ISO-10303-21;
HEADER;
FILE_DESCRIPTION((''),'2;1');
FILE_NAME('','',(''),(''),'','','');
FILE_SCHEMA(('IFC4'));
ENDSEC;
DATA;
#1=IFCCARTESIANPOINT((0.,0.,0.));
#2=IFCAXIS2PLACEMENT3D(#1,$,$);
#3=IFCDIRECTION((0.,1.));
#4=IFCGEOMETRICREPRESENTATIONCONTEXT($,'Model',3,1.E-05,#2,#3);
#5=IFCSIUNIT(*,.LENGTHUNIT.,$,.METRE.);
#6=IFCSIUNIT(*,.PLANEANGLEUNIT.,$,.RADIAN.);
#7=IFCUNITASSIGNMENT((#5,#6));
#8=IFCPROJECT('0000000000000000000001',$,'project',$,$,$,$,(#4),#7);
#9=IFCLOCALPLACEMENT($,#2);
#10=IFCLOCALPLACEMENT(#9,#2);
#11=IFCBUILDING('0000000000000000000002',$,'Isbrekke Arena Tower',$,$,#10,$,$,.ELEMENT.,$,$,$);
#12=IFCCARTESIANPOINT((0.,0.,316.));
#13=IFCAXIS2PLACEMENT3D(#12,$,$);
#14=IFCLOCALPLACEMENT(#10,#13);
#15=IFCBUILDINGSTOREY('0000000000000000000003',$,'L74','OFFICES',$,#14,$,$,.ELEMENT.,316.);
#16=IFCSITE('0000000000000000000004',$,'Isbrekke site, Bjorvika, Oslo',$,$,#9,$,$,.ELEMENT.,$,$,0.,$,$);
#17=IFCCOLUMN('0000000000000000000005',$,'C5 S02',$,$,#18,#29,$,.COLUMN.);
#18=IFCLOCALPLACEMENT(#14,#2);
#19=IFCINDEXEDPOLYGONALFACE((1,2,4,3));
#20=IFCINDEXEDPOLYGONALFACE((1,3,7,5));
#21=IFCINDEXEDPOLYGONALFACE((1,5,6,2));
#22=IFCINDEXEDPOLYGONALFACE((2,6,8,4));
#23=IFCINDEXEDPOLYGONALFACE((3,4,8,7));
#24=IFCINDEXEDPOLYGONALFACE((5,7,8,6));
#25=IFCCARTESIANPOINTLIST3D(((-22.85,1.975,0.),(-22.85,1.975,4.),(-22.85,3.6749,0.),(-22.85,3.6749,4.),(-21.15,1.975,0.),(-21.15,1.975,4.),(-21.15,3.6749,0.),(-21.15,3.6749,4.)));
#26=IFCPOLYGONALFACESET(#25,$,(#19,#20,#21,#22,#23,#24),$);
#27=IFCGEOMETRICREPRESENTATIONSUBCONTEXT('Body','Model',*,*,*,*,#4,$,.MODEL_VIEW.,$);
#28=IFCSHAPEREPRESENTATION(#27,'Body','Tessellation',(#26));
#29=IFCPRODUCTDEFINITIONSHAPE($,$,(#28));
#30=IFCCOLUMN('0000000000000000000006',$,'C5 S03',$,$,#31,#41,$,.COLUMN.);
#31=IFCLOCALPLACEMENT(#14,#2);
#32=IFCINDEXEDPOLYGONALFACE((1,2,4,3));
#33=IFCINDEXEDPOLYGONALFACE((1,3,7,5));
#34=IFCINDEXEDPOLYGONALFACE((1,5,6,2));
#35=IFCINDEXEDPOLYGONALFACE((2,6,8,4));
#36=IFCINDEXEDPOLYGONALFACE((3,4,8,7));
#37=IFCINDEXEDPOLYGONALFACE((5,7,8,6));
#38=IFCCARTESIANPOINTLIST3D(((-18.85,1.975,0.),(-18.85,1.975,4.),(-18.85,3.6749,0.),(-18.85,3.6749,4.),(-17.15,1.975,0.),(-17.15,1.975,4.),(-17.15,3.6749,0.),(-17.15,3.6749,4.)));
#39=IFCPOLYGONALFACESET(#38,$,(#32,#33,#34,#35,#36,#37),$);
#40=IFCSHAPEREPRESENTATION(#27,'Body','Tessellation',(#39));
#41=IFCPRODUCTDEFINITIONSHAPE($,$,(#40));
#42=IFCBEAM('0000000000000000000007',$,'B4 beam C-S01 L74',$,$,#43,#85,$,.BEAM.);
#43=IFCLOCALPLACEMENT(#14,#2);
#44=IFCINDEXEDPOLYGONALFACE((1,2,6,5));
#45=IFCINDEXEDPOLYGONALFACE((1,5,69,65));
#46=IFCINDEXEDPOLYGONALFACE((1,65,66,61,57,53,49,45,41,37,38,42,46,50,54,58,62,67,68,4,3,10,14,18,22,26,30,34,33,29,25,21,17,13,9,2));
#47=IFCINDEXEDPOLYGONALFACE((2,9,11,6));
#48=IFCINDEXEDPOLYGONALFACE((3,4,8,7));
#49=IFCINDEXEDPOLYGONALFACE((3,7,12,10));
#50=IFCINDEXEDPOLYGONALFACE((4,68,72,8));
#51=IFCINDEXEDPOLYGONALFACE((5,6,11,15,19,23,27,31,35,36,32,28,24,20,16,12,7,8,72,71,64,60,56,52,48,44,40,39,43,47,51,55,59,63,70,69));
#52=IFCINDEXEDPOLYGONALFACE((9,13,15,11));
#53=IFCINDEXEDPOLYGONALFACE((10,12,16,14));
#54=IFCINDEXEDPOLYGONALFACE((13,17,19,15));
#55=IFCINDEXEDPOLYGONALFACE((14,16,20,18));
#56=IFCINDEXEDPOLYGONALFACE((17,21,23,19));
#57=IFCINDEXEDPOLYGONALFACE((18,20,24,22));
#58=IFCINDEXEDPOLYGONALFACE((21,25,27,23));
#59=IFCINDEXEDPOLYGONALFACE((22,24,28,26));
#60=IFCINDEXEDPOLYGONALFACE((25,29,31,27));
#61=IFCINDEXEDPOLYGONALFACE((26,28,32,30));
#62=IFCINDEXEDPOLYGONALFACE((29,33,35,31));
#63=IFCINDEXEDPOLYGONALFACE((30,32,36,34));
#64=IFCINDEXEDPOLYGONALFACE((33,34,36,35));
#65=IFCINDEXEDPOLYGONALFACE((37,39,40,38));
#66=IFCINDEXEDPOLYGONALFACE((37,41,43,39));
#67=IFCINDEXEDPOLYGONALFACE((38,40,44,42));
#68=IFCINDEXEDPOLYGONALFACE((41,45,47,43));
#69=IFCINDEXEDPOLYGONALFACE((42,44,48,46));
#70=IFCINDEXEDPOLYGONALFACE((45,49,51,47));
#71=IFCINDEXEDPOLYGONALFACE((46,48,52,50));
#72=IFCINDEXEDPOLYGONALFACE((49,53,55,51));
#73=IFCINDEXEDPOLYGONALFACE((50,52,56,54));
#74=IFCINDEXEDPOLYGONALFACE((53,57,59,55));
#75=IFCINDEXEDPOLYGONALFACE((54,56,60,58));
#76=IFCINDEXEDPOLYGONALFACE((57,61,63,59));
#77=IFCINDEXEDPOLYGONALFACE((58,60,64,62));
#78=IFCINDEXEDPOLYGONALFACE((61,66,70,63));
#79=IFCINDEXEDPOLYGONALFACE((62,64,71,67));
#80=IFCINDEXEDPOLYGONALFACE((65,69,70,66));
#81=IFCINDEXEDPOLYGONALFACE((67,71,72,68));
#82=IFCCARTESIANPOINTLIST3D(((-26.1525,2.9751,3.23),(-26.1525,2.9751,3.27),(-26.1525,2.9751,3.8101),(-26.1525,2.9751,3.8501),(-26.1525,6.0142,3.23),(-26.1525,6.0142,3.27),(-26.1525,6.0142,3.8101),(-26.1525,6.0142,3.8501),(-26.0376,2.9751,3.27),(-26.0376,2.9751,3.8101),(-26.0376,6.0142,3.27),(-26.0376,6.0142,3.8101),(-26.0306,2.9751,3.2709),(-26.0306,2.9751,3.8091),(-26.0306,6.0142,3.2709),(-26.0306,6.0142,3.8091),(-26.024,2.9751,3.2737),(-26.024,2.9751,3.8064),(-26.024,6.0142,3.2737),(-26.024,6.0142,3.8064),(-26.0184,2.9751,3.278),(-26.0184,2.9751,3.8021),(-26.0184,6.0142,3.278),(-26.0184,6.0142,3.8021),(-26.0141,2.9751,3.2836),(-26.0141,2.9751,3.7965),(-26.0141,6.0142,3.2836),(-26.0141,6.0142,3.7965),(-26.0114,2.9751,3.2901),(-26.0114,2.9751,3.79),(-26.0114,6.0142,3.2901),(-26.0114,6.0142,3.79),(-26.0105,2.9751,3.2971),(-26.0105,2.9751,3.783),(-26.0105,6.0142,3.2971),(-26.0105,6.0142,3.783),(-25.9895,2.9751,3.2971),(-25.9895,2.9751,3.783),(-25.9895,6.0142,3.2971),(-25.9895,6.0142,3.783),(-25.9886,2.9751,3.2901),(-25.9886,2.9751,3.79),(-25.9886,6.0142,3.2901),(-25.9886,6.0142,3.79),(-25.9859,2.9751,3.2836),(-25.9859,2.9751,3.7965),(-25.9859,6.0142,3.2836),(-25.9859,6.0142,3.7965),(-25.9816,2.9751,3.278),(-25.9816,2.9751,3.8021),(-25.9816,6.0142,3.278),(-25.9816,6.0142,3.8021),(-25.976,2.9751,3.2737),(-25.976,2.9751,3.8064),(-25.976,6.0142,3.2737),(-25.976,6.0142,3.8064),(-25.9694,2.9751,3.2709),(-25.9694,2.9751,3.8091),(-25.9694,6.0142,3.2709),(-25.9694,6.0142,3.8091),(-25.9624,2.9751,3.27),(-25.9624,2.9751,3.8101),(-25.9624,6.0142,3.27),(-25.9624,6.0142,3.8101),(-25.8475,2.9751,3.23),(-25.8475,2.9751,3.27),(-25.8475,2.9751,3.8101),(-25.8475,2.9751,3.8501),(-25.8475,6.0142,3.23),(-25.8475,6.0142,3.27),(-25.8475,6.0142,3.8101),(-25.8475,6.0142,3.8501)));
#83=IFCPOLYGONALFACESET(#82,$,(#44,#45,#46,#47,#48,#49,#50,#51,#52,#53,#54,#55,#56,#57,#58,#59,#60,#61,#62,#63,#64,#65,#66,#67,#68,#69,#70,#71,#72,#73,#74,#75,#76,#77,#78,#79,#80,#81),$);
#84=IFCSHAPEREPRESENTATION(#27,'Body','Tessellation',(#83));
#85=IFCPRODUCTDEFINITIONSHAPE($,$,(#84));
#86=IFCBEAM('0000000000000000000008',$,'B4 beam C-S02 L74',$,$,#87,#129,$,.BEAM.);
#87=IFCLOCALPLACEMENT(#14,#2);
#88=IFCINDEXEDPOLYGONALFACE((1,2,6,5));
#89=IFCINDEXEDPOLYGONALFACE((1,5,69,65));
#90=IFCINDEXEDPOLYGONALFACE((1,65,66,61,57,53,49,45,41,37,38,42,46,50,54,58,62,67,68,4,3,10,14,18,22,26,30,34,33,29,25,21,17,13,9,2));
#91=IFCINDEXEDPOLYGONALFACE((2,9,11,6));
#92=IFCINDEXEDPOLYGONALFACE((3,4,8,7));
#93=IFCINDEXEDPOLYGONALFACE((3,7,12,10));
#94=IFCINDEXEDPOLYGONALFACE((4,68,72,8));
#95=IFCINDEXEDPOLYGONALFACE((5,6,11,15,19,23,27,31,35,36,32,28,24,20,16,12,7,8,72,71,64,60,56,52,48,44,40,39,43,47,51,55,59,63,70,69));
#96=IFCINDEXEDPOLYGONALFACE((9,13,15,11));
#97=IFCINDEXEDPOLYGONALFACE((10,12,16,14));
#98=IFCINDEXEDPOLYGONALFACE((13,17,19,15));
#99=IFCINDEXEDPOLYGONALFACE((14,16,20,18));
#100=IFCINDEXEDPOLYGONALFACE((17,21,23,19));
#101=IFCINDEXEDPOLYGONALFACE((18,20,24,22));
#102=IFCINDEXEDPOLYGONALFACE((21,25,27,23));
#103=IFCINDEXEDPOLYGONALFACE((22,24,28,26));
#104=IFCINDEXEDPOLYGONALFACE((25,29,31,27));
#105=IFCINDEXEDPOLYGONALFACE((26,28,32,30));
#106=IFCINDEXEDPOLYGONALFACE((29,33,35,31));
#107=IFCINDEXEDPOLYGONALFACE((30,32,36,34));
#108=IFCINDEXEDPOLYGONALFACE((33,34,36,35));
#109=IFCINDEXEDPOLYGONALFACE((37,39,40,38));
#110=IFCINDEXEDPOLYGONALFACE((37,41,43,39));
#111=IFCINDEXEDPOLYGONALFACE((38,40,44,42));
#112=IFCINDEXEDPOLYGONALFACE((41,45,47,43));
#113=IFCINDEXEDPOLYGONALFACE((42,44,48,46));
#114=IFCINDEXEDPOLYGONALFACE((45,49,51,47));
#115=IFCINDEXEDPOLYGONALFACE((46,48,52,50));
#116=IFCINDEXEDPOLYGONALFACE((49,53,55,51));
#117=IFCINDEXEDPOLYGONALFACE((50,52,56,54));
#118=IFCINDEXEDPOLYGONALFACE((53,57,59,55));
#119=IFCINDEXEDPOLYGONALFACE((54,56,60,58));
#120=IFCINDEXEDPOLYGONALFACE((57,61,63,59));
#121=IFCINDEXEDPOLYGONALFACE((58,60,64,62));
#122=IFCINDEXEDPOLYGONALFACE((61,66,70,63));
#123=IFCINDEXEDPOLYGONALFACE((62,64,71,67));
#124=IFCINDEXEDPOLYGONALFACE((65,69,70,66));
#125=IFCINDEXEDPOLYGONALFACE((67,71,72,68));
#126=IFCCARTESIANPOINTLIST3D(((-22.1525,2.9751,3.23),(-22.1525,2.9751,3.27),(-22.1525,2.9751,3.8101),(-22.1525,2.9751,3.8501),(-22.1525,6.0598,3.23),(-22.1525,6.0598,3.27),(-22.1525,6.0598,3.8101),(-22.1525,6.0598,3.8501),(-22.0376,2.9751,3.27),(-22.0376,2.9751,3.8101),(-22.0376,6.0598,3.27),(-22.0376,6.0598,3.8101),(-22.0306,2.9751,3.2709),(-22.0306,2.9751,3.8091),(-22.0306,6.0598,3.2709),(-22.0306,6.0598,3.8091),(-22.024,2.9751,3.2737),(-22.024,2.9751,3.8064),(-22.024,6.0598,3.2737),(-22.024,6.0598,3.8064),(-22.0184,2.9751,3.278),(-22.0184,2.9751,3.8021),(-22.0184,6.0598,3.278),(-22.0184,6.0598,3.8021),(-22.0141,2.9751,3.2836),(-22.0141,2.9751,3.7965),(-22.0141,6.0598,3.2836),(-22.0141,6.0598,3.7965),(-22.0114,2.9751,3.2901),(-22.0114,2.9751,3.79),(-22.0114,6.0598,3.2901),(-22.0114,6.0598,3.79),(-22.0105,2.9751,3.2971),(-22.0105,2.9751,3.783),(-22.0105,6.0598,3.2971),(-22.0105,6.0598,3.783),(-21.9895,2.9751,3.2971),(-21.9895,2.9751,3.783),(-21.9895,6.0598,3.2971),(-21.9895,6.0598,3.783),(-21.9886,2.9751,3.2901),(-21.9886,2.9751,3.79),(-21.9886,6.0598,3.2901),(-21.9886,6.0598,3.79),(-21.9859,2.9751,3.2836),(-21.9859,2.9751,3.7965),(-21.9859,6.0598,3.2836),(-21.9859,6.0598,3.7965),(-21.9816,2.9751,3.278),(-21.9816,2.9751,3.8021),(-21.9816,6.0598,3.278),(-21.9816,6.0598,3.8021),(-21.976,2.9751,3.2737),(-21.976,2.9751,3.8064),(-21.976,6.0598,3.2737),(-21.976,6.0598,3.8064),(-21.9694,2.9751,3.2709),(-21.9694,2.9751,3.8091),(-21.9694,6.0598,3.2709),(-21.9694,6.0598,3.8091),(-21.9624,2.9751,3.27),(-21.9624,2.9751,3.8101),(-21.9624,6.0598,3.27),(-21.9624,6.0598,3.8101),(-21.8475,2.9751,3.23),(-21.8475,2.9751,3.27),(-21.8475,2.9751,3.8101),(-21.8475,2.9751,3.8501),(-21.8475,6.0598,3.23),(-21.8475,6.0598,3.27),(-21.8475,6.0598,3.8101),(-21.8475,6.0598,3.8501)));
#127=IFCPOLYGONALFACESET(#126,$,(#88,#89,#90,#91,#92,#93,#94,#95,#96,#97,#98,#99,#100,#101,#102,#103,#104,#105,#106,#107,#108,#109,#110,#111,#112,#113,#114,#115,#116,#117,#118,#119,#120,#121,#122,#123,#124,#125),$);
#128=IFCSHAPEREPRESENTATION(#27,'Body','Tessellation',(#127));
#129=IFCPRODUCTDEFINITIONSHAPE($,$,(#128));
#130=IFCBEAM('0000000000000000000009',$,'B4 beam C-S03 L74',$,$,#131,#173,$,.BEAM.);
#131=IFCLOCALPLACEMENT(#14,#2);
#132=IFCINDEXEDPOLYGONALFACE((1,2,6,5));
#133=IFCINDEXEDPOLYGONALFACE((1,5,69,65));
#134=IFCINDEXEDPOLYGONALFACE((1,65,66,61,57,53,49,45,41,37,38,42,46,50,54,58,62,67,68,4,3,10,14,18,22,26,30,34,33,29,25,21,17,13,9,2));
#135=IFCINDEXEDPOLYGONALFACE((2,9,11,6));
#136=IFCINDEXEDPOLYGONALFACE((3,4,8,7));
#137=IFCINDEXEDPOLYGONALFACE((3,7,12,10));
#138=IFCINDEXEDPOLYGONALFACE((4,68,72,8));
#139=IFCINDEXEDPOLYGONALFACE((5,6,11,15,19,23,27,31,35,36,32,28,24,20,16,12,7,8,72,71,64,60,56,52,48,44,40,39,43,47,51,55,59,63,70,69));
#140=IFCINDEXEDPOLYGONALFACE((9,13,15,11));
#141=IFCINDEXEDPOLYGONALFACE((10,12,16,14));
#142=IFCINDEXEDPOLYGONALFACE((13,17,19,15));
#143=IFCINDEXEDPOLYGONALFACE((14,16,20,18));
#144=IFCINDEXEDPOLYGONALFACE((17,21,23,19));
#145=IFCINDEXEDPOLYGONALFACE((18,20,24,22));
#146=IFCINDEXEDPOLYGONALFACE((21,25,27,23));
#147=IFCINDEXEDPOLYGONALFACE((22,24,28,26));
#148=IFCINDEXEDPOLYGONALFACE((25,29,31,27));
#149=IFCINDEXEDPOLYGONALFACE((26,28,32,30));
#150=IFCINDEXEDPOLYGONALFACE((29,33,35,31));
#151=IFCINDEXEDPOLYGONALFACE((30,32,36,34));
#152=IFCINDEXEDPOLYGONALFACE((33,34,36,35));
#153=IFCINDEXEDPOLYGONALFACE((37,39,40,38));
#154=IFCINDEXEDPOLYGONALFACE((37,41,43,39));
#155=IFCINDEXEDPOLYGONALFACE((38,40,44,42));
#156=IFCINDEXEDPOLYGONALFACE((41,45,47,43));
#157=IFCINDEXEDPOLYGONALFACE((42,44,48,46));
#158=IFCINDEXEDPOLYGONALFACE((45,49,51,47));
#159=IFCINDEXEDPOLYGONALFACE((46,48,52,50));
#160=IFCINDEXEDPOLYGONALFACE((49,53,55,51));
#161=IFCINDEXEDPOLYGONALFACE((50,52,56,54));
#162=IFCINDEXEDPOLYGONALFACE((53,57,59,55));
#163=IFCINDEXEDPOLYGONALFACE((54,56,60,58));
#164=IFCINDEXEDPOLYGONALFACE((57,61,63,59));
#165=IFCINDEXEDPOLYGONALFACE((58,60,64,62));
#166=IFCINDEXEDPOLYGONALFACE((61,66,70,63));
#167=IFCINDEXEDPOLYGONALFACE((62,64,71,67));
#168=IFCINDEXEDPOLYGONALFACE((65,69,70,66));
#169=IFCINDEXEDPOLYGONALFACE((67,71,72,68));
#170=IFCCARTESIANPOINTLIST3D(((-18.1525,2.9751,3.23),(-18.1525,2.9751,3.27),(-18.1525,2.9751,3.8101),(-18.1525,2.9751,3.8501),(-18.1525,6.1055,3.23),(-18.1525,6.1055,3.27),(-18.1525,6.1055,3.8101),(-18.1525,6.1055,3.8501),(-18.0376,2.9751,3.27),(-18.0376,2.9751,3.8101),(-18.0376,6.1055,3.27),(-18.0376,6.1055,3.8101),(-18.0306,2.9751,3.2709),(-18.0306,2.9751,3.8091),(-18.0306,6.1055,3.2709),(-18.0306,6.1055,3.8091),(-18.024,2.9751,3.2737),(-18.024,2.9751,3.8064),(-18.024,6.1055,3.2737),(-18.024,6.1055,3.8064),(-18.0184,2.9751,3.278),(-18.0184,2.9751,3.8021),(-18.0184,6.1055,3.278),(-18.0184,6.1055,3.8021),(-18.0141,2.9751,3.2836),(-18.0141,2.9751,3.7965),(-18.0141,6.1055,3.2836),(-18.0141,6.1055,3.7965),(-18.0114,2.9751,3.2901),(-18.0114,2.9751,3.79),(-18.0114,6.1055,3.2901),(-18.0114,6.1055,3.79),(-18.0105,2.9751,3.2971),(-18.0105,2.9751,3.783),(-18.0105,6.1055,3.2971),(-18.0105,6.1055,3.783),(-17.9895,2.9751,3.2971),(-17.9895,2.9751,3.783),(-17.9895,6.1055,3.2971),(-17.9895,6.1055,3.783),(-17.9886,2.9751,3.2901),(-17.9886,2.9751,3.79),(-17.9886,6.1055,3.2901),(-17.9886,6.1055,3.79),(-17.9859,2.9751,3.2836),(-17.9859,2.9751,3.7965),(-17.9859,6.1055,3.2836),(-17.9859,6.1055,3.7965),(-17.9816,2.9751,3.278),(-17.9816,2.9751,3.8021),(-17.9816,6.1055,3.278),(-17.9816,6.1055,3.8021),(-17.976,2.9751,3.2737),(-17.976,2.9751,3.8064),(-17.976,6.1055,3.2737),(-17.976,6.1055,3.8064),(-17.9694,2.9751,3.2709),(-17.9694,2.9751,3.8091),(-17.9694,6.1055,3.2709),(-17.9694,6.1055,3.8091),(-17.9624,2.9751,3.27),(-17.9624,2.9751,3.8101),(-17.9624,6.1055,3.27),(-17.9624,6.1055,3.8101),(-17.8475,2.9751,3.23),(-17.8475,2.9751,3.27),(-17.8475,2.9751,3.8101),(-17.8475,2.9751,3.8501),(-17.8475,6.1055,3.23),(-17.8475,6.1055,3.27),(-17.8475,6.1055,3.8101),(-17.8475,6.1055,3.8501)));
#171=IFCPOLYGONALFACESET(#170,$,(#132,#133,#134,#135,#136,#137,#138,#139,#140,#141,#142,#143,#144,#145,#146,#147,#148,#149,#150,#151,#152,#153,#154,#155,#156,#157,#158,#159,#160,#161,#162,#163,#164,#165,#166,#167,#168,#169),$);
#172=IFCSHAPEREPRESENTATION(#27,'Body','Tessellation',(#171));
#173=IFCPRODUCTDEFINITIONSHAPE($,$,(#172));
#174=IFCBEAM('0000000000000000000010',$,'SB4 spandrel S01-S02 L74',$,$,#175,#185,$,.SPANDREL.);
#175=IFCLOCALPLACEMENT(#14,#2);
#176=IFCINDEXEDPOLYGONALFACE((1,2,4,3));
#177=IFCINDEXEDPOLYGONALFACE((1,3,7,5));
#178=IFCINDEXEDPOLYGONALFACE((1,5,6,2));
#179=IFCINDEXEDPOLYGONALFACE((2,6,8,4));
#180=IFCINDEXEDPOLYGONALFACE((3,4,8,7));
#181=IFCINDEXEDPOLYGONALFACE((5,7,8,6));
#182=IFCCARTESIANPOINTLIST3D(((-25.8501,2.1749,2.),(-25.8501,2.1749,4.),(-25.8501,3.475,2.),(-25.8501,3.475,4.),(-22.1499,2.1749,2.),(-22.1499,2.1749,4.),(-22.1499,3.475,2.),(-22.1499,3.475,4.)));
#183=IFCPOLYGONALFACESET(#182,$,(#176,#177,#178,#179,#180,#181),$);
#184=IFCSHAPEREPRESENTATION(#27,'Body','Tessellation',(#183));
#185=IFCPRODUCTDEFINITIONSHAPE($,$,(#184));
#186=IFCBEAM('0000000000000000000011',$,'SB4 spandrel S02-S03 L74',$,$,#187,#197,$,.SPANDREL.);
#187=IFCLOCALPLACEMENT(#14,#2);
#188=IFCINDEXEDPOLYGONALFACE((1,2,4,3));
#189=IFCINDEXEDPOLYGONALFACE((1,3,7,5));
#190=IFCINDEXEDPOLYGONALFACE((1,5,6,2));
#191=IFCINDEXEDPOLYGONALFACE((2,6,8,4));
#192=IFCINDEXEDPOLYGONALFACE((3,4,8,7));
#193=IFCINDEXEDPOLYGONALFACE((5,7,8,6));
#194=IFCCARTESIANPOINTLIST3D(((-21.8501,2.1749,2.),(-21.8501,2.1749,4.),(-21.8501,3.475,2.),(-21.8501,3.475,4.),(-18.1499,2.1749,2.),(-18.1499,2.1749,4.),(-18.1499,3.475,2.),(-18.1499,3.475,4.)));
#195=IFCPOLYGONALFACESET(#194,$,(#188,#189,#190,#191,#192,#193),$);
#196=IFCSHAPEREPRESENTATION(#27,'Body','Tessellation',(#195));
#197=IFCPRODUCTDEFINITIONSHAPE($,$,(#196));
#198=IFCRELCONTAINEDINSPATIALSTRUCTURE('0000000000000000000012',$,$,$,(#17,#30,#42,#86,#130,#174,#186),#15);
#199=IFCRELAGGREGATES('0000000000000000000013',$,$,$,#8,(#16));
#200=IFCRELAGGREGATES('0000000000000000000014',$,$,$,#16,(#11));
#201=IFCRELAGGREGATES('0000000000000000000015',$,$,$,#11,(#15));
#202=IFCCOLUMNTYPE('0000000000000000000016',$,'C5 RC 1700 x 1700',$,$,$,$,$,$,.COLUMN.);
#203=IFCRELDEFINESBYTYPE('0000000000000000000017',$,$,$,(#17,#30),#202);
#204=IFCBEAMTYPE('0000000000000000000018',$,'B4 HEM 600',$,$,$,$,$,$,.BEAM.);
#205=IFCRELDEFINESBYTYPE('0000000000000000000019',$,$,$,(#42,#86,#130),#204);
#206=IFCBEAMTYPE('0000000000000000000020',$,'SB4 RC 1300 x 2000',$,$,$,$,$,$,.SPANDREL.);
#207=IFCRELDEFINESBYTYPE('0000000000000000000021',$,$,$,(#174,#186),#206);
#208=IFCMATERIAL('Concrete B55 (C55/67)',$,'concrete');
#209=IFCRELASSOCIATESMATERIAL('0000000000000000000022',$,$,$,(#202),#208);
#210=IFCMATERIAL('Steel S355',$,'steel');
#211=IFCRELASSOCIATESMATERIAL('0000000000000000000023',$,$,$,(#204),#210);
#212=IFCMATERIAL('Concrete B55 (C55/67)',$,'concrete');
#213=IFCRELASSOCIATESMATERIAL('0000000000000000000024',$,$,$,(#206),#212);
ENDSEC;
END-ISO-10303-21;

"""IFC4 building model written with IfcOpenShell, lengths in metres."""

from ifc_helpers import new_model, si_unit, direction, frame, origin, origin_2d, place, context, subcontext, project, spatial, rectangle, i_section, extrude, material, material_profile, profile_set, type_object, element, save


model = new_model("IFC4")

# Units and contexts
model_context = context("Model", 3, precision=1e-05, world=origin(), true_north=direction((0.0, 1.0)))
body_context = subcontext(model_context, "Body", "Model", "MODEL_VIEW")
ifc_project = project(units=[si_unit("LENGTHUNIT", "METRE"), si_unit("PLANEANGLEUNIT", "RADIAN")], contexts=[model_context])

# Site, building, storey
site_placement = place(None, origin())
site = spatial("IfcSite", under=ifc_project, at=site_placement, Name="Isbrekke site, Bjorvika, Oslo", CompositionType="ELEMENT", RefElevation=0.0)
building_placement = place(site_placement, origin())
building = spatial("IfcBuilding", under=site, at=building_placement, Name="Isbrekke Arena Tower", CompositionType="ELEMENT")
storey_placement = place(building_placement, frame((0.0, 0.0, 316.0)))
storey = spatial("IfcBuildingStorey", under=building, at=storey_placement, Name="L74", Description="OFFICES", CompositionType="ELEMENT", Elevation=316.0)

# Columns
ifc_material_1 = material(Name="Concrete B55 (C55/67)", Category="concrete")
ifc_material_profile_1 = material_profile(ifc_material_1, rectangle(XDim=1.7, YDim=1.7, at=origin_2d()), Name="RC 1700x1700")
ifc_profile_set_1 = profile_set([ifc_material_profile_1], Name="Concrete B55 (C55/67)")
column_type = type_object("IfcColumnType", Name="C5 RC 1700 x 1700", PredefinedType="COLUMN", material=ifc_profile_set_1)
for number, where, z_axis, x_axis, name in (
    (1, (-22.0, 2.825, 0.0), (0.0, 0.0, 1.0), (1.0, 0.0, 0.0), "C5 S02"),
    (2, (-18.0, 2.825, 0.0), (0.0, 0.0, 1.0), (1.0, 0.0, 0.0), "C5 S03"),
):
    element("IfcColumn", number, at=place(storey_placement, frame(where, z_axis=z_axis, x_axis=x_axis)), inside=storey, type_object=column_type, Name=name, PredefinedType="COLUMN", context=body_context, shape_type="SweptSolid", body=[
        extrude(rectangle(XDim=1.7, YDim=1.7, at=origin_2d()), origin(), (0.0, 0.0, 1.0), 4.0),
    ])

# Beams
ifc_material_2 = material(Name="Steel S355", Category="steel")
ifc_material_profile_2 = material_profile(ifc_material_2, i_section(OverallWidth=0.3049, OverallDepth=0.6201, WebThickness=0.021, FlangeThickness=0.04, FilletRadius=0.0271, at=origin_2d()), Name="HEM 600")
ifc_profile_set_2 = profile_set([ifc_material_profile_2], Name="Steel S355")
beam_type_1 = type_object("IfcBeamType", Name="B4 HEM 600", PredefinedType="BEAM", material=ifc_profile_set_2)
beam_1_placement = place(storey_placement, frame((-26.0, 2.9751, 3.54), z_axis=(0.0, 1.0, 0.0), x_axis=(-1.0, 0.0, 0.0)))
element("IfcBeam", 3, at=beam_1_placement, inside=storey, type_object=beam_type_1, Name="B4 beam C-S01 L74", PredefinedType="BEAM", context=body_context, shape_type="SweptSolid", body=[
    extrude(i_section(OverallWidth=0.3049, OverallDepth=0.6201, WebThickness=0.021, FlangeThickness=0.04, FilletRadius=0.0271, at=origin_2d()), origin(), (0.0, 0.0, 1.0), 3.0391),
])
beam_2_placement = place(storey_placement, frame((-22.0, 2.9751, 3.54), z_axis=(0.0, 1.0, 0.0), x_axis=(-1.0, 0.0, 0.0)))
element("IfcBeam", 4, at=beam_2_placement, inside=storey, type_object=beam_type_1, Name="B4 beam C-S02 L74", PredefinedType="BEAM", context=body_context, shape_type="SweptSolid", body=[
    extrude(i_section(OverallWidth=0.3049, OverallDepth=0.6201, WebThickness=0.021, FlangeThickness=0.04, FilletRadius=0.0271, at=origin_2d()), origin(), (0.0, 0.0, 1.0), 3.0847),
])
beam_3_placement = place(storey_placement, frame((-18.0, 2.9751, 3.54), z_axis=(0.0, 1.0, 0.0), x_axis=(-1.0, 0.0, 0.0)))
element("IfcBeam", 5, at=beam_3_placement, inside=storey, type_object=beam_type_1, Name="B4 beam C-S03 L74", PredefinedType="BEAM", context=body_context, shape_type="SweptSolid", body=[
    extrude(i_section(OverallWidth=0.3049, OverallDepth=0.6201, WebThickness=0.021, FlangeThickness=0.04, FilletRadius=0.0271, at=origin_2d()), origin(), (0.0, 0.0, 1.0), 3.1304),
])
ifc_material_3 = material(Name="Concrete B55 (C55/67)", Category="concrete")
ifc_material_profile_3 = material_profile(ifc_material_3, rectangle(XDim=1.3, YDim=2.0, at=origin_2d()), Name="RC 1300x2000")
ifc_profile_set_3 = profile_set([ifc_material_profile_3], Name="Concrete B55 (C55/67)")
beam_type_2 = type_object("IfcBeamType", Name="SB4 RC 1300 x 2000", PredefinedType="SPANDREL", material=ifc_profile_set_3)
for number, where, z_axis, x_axis, name in (
    (6, (-25.8501, 2.825, 3.0), (1.0, 0.0, 0.0), (0.0, 1.0, 0.0), "SB4 spandrel S01-S02 L74"),
    (7, (-21.8501, 2.825, 3.0), (1.0, 0.0, 0.0), (0.0, 1.0, 0.0), "SB4 spandrel S02-S03 L74"),
):
    element("IfcBeam", number, at=place(storey_placement, frame(where, z_axis=z_axis, x_axis=x_axis)), inside=storey, type_object=beam_type_2, Name=name, PredefinedType="SPANDREL", context=body_context, shape_type="SweptSolid", body=[
        extrude(rectangle(XDim=1.3, YDim=2.0, at=origin_2d()), origin(), (0.0, 0.0, 1.0), 3.7002),
    ])

save(model, "model.ifc")
